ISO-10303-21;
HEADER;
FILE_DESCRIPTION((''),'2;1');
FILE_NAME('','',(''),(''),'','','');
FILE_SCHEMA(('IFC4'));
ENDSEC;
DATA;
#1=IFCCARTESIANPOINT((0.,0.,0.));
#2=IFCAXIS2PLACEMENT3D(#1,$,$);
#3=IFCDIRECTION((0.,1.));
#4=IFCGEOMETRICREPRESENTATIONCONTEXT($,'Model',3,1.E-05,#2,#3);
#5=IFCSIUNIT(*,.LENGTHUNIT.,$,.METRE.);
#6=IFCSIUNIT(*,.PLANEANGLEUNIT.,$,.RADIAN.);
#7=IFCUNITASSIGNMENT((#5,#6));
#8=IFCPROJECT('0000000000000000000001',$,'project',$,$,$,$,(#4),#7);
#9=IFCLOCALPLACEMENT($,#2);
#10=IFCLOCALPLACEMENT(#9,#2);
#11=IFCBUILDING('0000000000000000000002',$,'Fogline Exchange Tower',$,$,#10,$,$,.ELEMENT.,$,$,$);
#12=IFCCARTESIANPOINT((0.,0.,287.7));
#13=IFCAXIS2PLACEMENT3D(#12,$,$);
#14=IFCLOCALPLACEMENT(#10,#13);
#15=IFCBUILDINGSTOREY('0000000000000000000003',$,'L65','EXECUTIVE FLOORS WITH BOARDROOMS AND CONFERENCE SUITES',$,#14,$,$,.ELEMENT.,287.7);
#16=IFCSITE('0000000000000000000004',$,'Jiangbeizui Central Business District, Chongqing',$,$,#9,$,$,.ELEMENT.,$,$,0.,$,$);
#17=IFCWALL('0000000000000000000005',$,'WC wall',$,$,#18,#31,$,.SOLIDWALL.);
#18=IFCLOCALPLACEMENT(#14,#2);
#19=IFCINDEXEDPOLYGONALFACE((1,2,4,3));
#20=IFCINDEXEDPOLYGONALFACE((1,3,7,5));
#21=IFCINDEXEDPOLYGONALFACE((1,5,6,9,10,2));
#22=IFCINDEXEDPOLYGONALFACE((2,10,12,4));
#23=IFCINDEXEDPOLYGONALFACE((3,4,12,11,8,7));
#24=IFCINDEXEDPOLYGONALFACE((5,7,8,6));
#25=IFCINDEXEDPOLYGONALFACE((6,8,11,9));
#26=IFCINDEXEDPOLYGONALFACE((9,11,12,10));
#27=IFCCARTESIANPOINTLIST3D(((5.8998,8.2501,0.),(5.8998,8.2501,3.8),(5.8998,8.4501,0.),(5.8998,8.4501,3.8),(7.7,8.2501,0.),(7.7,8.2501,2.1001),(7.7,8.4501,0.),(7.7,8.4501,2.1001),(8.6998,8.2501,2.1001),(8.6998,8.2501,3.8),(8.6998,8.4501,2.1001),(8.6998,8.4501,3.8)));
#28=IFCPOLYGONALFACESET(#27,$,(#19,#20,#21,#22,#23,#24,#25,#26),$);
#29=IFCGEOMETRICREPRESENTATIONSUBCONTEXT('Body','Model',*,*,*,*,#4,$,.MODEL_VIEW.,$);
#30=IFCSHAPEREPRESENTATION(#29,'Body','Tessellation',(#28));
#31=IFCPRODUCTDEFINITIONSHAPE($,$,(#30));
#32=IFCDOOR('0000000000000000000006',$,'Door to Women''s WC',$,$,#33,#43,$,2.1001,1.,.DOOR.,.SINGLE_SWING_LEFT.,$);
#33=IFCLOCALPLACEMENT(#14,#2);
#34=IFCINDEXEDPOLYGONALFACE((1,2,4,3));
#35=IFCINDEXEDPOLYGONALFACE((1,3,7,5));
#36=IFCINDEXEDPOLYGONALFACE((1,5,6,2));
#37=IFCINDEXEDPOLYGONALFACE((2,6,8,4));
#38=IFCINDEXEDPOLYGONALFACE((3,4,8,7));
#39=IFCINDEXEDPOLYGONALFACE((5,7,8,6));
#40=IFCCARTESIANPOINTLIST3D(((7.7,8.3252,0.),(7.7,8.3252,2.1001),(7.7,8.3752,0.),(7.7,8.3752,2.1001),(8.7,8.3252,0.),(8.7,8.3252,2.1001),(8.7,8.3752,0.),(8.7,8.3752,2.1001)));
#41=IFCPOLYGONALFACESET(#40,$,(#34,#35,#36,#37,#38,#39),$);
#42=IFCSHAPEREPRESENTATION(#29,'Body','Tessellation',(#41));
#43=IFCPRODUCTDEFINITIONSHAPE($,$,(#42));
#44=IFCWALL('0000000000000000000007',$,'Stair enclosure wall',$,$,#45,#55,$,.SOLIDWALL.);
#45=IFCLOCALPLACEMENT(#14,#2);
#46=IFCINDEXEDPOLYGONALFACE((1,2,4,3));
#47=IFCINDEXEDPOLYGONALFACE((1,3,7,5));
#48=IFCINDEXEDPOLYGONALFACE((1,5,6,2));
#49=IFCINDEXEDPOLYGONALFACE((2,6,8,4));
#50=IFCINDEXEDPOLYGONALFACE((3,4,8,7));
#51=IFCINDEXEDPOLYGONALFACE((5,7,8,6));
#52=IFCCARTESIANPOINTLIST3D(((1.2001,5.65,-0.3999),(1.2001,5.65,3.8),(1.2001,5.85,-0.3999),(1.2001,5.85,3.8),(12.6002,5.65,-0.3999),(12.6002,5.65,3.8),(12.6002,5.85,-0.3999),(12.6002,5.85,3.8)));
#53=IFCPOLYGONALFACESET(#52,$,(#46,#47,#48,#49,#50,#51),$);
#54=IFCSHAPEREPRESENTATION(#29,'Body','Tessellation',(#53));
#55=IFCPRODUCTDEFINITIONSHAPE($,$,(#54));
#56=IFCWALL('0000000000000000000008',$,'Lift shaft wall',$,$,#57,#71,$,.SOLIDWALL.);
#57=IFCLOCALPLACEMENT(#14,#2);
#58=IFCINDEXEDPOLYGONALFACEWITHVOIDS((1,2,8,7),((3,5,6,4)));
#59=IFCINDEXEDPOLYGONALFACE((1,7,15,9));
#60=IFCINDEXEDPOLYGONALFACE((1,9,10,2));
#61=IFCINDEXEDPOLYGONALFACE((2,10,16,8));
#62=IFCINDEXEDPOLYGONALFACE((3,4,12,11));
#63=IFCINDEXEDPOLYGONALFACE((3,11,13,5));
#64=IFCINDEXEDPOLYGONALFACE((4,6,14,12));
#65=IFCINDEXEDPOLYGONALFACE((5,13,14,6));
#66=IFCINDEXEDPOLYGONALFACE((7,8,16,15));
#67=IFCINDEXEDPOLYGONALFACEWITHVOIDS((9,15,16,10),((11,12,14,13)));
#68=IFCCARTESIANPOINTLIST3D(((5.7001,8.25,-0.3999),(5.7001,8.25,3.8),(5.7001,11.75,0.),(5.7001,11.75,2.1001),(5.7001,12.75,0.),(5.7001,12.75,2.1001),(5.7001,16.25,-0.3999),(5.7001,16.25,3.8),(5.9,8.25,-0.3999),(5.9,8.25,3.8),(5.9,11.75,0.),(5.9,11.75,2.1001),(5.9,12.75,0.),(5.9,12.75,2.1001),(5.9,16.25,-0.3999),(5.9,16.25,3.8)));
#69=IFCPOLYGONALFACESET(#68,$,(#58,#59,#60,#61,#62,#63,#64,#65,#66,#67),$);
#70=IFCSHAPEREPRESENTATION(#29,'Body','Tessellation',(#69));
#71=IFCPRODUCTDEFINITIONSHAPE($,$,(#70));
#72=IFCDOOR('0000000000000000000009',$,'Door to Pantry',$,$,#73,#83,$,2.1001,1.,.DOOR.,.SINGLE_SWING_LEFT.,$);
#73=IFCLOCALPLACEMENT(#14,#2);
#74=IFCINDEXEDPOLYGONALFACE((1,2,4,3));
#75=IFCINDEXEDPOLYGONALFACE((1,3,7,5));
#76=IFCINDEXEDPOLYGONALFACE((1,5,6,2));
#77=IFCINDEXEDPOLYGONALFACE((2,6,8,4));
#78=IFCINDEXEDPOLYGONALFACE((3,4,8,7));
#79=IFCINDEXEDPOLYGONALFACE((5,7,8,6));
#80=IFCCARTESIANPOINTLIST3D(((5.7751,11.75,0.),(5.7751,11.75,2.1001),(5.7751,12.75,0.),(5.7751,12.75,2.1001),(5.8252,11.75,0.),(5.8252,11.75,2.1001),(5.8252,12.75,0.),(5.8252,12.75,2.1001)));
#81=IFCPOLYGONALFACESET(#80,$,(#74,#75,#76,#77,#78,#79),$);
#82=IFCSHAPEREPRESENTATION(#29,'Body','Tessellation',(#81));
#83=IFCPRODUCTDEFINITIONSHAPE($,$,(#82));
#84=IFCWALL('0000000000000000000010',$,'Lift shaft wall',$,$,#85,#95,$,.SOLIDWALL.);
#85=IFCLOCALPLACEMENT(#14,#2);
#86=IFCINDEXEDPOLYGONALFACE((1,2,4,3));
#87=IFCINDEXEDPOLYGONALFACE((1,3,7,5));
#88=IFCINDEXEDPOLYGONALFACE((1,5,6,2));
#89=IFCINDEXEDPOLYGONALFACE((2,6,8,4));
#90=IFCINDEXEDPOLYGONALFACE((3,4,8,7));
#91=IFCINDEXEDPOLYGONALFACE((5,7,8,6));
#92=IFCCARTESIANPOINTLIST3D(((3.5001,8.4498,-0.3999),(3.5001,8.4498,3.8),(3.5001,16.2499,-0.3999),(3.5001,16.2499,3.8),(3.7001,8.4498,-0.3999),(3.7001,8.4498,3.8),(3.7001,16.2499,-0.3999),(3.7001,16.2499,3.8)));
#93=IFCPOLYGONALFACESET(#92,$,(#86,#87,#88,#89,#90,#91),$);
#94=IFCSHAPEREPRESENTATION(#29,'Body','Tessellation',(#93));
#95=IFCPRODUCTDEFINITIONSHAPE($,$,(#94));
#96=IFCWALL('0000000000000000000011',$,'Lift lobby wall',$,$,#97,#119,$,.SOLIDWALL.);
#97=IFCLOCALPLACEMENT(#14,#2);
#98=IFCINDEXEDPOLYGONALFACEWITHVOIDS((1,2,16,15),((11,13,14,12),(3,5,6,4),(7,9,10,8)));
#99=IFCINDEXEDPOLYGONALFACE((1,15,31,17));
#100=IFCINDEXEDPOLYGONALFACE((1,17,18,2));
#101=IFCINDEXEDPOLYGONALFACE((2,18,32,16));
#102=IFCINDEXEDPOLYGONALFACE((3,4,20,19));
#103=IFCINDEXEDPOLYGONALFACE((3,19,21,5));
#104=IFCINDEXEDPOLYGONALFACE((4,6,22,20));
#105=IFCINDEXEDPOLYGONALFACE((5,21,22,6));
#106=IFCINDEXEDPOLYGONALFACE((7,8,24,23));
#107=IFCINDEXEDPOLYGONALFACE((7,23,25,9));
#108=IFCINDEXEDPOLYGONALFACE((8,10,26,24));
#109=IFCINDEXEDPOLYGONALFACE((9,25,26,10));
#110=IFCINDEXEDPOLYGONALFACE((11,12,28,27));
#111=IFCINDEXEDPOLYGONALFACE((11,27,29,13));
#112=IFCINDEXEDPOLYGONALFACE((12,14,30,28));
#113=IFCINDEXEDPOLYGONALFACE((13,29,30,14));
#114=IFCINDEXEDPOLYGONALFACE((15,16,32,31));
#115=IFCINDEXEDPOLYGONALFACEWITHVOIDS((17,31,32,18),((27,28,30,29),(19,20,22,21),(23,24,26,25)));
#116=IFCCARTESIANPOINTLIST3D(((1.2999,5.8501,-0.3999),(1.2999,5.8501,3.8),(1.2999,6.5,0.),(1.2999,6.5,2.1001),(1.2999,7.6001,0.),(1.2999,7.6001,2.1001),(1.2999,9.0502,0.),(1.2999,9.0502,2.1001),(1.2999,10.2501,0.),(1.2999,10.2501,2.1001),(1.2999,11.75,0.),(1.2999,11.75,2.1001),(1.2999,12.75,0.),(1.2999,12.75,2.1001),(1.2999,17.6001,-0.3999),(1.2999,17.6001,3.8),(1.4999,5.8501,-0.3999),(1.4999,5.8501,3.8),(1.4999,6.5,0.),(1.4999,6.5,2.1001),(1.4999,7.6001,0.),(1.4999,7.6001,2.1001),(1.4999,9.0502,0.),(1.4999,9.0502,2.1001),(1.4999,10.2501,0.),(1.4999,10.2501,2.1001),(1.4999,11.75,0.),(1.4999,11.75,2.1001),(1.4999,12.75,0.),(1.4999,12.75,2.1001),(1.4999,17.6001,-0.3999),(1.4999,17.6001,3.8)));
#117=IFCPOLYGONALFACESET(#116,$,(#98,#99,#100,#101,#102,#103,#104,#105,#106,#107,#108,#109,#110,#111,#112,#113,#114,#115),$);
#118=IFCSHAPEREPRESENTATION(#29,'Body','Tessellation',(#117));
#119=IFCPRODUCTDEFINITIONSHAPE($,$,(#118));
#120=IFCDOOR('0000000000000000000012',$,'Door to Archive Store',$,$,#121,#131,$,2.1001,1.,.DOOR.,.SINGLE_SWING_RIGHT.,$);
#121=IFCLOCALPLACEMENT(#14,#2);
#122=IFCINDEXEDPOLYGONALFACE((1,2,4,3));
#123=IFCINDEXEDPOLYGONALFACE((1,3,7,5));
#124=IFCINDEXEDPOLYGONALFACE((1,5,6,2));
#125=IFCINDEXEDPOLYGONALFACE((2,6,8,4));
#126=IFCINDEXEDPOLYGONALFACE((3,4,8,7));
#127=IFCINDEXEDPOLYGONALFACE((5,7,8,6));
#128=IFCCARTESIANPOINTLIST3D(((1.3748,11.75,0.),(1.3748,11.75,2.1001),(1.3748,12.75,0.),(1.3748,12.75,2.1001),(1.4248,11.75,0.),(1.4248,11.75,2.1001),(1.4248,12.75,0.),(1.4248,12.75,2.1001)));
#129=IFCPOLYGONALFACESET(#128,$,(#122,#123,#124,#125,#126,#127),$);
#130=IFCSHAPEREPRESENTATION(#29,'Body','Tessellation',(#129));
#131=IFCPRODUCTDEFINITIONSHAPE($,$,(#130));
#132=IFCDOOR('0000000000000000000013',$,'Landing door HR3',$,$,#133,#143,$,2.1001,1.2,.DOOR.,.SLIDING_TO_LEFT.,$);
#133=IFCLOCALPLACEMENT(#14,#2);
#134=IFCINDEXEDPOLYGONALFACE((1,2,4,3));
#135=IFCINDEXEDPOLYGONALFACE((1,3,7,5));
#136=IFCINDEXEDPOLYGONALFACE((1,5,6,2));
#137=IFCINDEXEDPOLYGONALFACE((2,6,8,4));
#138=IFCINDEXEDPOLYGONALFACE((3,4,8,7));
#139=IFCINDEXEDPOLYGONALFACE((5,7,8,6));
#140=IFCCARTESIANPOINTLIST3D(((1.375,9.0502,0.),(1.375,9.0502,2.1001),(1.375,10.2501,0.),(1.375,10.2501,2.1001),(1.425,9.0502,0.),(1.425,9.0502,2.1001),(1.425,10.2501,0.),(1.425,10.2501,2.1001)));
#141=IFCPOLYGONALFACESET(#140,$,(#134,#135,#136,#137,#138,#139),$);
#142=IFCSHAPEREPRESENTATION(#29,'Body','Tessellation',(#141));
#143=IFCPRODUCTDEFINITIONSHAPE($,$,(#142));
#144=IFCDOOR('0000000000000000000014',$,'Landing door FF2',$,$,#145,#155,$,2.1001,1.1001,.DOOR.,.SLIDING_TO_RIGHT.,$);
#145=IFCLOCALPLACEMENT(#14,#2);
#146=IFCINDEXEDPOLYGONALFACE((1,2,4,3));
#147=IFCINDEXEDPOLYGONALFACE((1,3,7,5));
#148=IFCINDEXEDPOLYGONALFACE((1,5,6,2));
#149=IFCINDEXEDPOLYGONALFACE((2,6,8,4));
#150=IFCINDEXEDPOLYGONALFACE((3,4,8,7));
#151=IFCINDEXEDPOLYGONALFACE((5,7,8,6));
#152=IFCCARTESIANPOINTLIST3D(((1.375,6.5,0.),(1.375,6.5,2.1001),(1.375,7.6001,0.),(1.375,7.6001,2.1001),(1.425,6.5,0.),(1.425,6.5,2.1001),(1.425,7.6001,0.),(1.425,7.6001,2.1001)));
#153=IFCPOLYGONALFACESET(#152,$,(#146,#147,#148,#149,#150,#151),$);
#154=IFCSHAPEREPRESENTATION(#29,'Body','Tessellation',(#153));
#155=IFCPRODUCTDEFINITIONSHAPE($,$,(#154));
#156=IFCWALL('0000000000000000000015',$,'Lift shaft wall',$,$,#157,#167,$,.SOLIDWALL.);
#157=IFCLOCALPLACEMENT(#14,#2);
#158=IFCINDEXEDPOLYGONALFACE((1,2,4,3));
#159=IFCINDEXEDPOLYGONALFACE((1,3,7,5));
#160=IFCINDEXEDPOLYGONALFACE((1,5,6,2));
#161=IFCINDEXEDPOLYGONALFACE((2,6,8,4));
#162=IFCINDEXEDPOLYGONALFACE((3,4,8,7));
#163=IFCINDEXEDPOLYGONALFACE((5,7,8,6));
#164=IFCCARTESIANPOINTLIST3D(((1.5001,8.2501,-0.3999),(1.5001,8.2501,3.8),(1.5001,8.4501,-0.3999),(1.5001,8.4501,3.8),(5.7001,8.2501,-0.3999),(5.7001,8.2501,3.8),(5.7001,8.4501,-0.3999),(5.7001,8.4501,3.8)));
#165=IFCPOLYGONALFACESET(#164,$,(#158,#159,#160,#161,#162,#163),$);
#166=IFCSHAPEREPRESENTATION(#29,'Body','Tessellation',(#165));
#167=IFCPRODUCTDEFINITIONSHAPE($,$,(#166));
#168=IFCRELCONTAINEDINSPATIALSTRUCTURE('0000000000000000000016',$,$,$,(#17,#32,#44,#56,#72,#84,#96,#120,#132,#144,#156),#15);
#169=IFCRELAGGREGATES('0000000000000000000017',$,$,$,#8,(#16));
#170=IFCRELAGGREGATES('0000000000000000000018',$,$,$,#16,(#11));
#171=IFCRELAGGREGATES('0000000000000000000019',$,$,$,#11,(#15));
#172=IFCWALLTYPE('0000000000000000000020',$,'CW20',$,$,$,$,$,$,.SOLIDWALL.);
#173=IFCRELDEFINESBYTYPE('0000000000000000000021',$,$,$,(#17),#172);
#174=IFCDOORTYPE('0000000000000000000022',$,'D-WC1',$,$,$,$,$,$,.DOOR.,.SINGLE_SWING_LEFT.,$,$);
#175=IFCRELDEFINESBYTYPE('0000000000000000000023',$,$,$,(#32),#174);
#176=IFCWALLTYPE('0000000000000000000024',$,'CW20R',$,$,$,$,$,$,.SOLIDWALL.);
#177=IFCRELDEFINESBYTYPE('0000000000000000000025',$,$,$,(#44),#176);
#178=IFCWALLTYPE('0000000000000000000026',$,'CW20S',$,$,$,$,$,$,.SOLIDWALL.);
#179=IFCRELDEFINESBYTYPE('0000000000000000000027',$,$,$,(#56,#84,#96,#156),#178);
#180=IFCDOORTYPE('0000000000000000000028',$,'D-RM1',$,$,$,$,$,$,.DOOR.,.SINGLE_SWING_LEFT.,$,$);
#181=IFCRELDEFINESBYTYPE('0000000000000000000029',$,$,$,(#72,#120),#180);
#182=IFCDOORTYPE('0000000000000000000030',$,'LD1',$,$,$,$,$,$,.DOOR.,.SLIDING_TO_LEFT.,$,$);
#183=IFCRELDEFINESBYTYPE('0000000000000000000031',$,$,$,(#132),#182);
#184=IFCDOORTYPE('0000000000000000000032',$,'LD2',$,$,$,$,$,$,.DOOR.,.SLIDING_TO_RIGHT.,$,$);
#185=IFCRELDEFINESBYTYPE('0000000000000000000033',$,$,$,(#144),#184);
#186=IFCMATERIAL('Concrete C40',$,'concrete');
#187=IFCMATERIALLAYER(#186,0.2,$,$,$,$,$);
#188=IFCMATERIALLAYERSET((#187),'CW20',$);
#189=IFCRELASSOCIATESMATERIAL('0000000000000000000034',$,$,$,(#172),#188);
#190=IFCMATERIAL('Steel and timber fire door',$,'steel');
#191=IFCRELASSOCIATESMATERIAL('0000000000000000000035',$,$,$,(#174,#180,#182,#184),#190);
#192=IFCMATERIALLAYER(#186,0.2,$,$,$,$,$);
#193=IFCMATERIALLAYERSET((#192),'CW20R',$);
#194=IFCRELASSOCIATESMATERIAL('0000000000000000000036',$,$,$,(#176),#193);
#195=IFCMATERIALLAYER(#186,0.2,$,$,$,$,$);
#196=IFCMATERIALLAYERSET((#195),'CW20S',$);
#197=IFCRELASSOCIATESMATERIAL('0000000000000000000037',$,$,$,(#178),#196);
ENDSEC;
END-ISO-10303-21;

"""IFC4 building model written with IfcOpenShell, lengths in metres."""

from ifc_helpers import new_model, si_unit, direction, frame, frame_2d, origin, place, context, subcontext, project, spatial, rectangle, extrude, material, layer, layer_set, type_object, element, fill, save


model = new_model("IFC4")

# Units and contexts
model_context = context("Model", 3, precision=1e-05, world=origin(), true_north=direction((0.0, 1.0)))
body_context = subcontext(model_context, "Body", "Model", "MODEL_VIEW")
ifc_project = project(units=[si_unit("LENGTHUNIT", "METRE"), si_unit("PLANEANGLEUNIT", "RADIAN")], contexts=[model_context])

# Site, building, storey
site_placement = place(None, origin())
site = spatial("IfcSite", under=ifc_project, at=site_placement, Name="Jiangbeizui Central Business District, Chongqing", CompositionType="ELEMENT", RefElevation=0.0)
building_placement = place(site_placement, origin())
building = spatial("IfcBuilding", under=site, at=building_placement, Name="Fogline Exchange Tower", CompositionType="ELEMENT")
storey_placement = place(building_placement, frame((0.0, 0.0, 287.7)))
storey = spatial("IfcBuildingStorey", under=building, at=storey_placement, Name="L65", Description="EXECUTIVE FLOORS WITH BOARDROOMS AND CONFERENCE SUITES", CompositionType="ELEMENT", Elevation=287.7)

# Shared definitions
ifc_material_1 = material(Name="Concrete C40", Category="concrete")

# Wall, opening, door
ifc_layer_1 = layer(ifc_material_1, 0.2)
ifc_layer_set_1 = layer_set([ifc_layer_1], Name="CW20")
wall_type_1 = type_object("IfcWallType", Name="CW20", PredefinedType="SOLIDWALL", material=ifc_layer_set_1)
wall_1_placement = place(storey_placement, frame((5.8999, 8.3501, 0.0), z_axis=(0.0, 0.0, 1.0), x_axis=(1.0, 0.0, 0.0)))
wall_1 = element("IfcWall", 1, at=wall_1_placement, inside=storey, type_object=wall_type_1, Name="WC wall", PredefinedType="SOLIDWALL", context=body_context, shape_type="SweptSolid", body=[
    extrude(rectangle(XDim=2.8, YDim=0.2, at=frame_2d((1.3999, 0.0))), origin(), (0.0, 0.0, 1.0), 3.8),
])
opening_1_placement = place(wall_1_placement, frame((1.8, 0.0, 0.0)))
opening_1 = element("IfcOpeningElement", 2, at=opening_1_placement, cuts=wall_1, PredefinedType="OPENING", context=body_context, shape_type="SweptSolid", body=[
    extrude(rectangle(XDim=1.0, YDim=2.1001, at=frame_2d((0.5, 1.05))), frame((0.0, 0.1099, 0.0), z_axis=(0.0, -1.0, 0.0), x_axis=(1.0, 0.0, 0.0)), (0.0, 0.0, 1.0), 0.22),
])
ifc_material_2 = material(Name="Steel and timber fire door", Category="steel")
door_type_1 = type_object("IfcDoorType", Name="D-WC1", OperationType="SINGLE_SWING_LEFT", PredefinedType="DOOR", material=ifc_material_2)
door_1_placement = place(opening_1_placement, frame((1.0, 0.0, 0.0), z_axis=(0.0, 0.0, 1.0), x_axis=(-1.0, 0.0, 0.0)))
door_1 = element("IfcDoor", 3, at=door_1_placement, inside=storey, type_object=door_type_1, Name="Door to Women's WC", OperationType="SINGLE_SWING_LEFT", OverallHeight=2.1001, OverallWidth=1.0, PredefinedType="DOOR", context=body_context, shape_type="SweptSolid", body=[
    extrude(rectangle(XDim=1.0, YDim=2.1001, at=frame_2d((0.5, 1.05))), frame((0.0, 0.0249, 0.0), z_axis=(0.0, -1.0, 0.0), x_axis=(1.0, 0.0, 0.0)), (0.0, 0.0, 1.0), 0.05),
])
fill(opening_1, door_1)

# Wall
ifc_layer_2 = layer(ifc_material_1, 0.2)
ifc_layer_set_2 = layer_set([ifc_layer_2], Name="CW20R")
wall_type_2 = type_object("IfcWallType", Name="CW20R", PredefinedType="SOLIDWALL", material=ifc_layer_set_2)
wall_2_placement = place(storey_placement, frame((1.2, 5.75, -0.3999), z_axis=(0.0, 0.0, 1.0), x_axis=(1.0, 0.0, 0.0)))
element("IfcWall", 4, at=wall_2_placement, inside=storey, type_object=wall_type_2, Name="Stair enclosure wall", PredefinedType="SOLIDWALL", context=body_context, shape_type="SweptSolid", body=[
    extrude(rectangle(XDim=11.4001, YDim=0.2, at=frame_2d((5.7002, 0.0))), origin(), (0.0, 0.0, 1.0), 4.2),
])

# Wall, opening, door
ifc_layer_3 = layer(ifc_material_1, 0.2)
ifc_layer_set_3 = layer_set([ifc_layer_3], Name="CW20S")
wall_type_3 = type_object("IfcWallType", Name="CW20S", PredefinedType="SOLIDWALL", material=ifc_layer_set_3)
wall_3_placement = place(storey_placement, frame((5.8, 8.25, -0.3999), z_axis=(0.0, 0.0, 1.0), x_axis=(0.0, 1.0, 0.0)))
wall_3 = element("IfcWall", 5, at=wall_3_placement, inside=storey, type_object=wall_type_3, Name="Lift shaft wall", PredefinedType="SOLIDWALL", context=body_context, shape_type="SweptSolid", body=[
    extrude(rectangle(XDim=8.0, YDim=0.2, at=frame_2d((4.0, 0.0))), origin(), (0.0, 0.0, 1.0), 4.2),
])
opening_2_placement = place(wall_3_placement, frame((3.5, 0.0, 0.3999)))
opening_2 = element("IfcOpeningElement", 6, at=opening_2_placement, cuts=wall_3, PredefinedType="OPENING", context=body_context, shape_type="SweptSolid", body=[
    extrude(rectangle(XDim=1.0, YDim=2.1001, at=frame_2d((0.5, 1.05))), frame((0.0, 0.1099, 0.0), z_axis=(0.0, -1.0, 0.0), x_axis=(1.0, 0.0, 0.0)), (0.0, 0.0, 1.0), 0.22),
])
door_type_2 = type_object("IfcDoorType", Name="D-RM1", OperationType="SINGLE_SWING_LEFT", PredefinedType="DOOR", material=ifc_material_2)
door_2_placement = place(opening_2_placement, origin())
door_2 = element("IfcDoor", 7, at=door_2_placement, inside=storey, type_object=door_type_2, Name="Door to Pantry", OperationType="SINGLE_SWING_LEFT", OverallHeight=2.1001, OverallWidth=1.0, PredefinedType="DOOR", context=body_context, shape_type="SweptSolid", body=[
    extrude(rectangle(XDim=1.0, YDim=2.1001, at=frame_2d((0.5, 1.05))), frame((0.0, 0.0249, 0.0), z_axis=(0.0, -1.0, 0.0), x_axis=(1.0, 0.0, 0.0)), (0.0, 0.0, 1.0), 0.05),
])
fill(opening_2, door_2)

# Wall
wall_4_placement = place(storey_placement, frame((3.6001, 8.45, -0.3999), z_axis=(0.0, 0.0, 1.0), x_axis=(0.0, 1.0, 0.0)))
element("IfcWall", 8, at=wall_4_placement, inside=storey, type_object=wall_type_3, Name="Lift shaft wall", PredefinedType="SOLIDWALL", context=body_context, shape_type="SweptSolid", body=[
    extrude(rectangle(XDim=7.8, YDim=0.2, at=frame_2d((3.8999, 0.0))), origin(), (0.0, 0.0, 1.0), 4.2),
])

# Wall, openings, doors
wall_5_placement = place(storey_placement, frame((1.3999, 5.8501, -0.3999), z_axis=(0.0, 0.0, 1.0), x_axis=(0.0, 1.0, 0.0)))
wall_5 = element("IfcWall", 9, at=wall_5_placement, inside=storey, type_object=wall_type_3, Name="Lift lobby wall", PredefinedType="SOLIDWALL", context=body_context, shape_type="SweptSolid", body=[
    extrude(rectangle(XDim=11.75, YDim=0.2, at=frame_2d((5.875, 0.0))), origin(), (0.0, 0.0, 1.0), 4.2),
])
opening_3_placement = place(wall_5_placement, frame((3.2, 0.0, 0.3999)))
opening_3 = element("IfcOpeningElement", 10, at=opening_3_placement, cuts=wall_5, PredefinedType="OPENING", context=body_context, shape_type="SweptSolid", body=[
    extrude(rectangle(XDim=1.2, YDim=2.1001, at=frame_2d((0.6001, 1.05))), frame((0.0, 0.1099, 0.0), z_axis=(0.0, -1.0, 0.0), x_axis=(1.0, 0.0, 0.0)), (0.0, 0.0, 1.0), 0.22),
])
opening_4_placement = place(wall_5_placement, frame((0.6499, 0.0, 0.3999)))
opening_4 = element("IfcOpeningElement", 11, at=opening_4_placement, cuts=wall_5, PredefinedType="OPENING", context=body_context, shape_type="SweptSolid", body=[
    extrude(rectangle(XDim=1.1001, YDim=2.1001, at=frame_2d((0.55, 1.05))), frame((0.0, 0.1099, 0.0), z_axis=(0.0, -1.0, 0.0), x_axis=(1.0, 0.0, 0.0)), (0.0, 0.0, 1.0), 0.22),
])
opening_5_placement = place(wall_5_placement, frame((5.8999, 0.0, 0.3999)))
opening_5 = element("IfcOpeningElement", 12, at=opening_5_placement, cuts=wall_5, PredefinedType="OPENING", context=body_context, shape_type="SweptSolid", body=[
    extrude(rectangle(XDim=1.0, YDim=2.1001, at=frame_2d((0.5, 1.05))), frame((0.0, 0.1099, 0.0), z_axis=(0.0, -1.0, 0.0), x_axis=(1.0, 0.0, 0.0)), (0.0, 0.0, 1.0), 0.22),
])
door_3_placement = place(opening_5_placement, frame((1.0, 0.0, 0.0), z_axis=(0.0, 0.0, 1.0), x_axis=(-1.0, 0.0, 0.0)))
door_3 = element("IfcDoor", 13, at=door_3_placement, inside=storey, type_object=door_type_2, Name="Door to Archive Store", OperationType="SINGLE_SWING_RIGHT", OverallHeight=2.1001, OverallWidth=1.0, PredefinedType="DOOR", context=body_context, shape_type="SweptSolid", body=[
    extrude(rectangle(XDim=1.0, YDim=2.1001, at=frame_2d((0.5, 1.05))), frame((0.0, 0.0249, 0.0), z_axis=(0.0, -1.0, 0.0), x_axis=(1.0, 0.0, 0.0)), (0.0, 0.0, 1.0), 0.05),
])
fill(opening_5, door_3)
door_type_3 = type_object("IfcDoorType", Name="LD1", OperationType="SLIDING_TO_LEFT", PredefinedType="DOOR", material=ifc_material_2)
door_4_placement = place(opening_3_placement, origin())
door_4 = element("IfcDoor", 14, at=door_4_placement, inside=storey, type_object=door_type_3, Name="Landing door HR3", OperationType="SLIDING_TO_LEFT", OverallHeight=2.1001, OverallWidth=1.2, PredefinedType="DOOR", context=body_context, shape_type="SweptSolid", body=[
    extrude(rectangle(XDim=1.2, YDim=2.1001, at=frame_2d((0.6001, 1.05))), frame((0.0, 0.0249, 0.0), z_axis=(0.0, -1.0, 0.0), x_axis=(1.0, 0.0, 0.0)), (0.0, 0.0, 1.0), 0.05),
])
fill(opening_3, door_4)
door_type_4 = type_object("IfcDoorType", Name="LD2", OperationType="SLIDING_TO_RIGHT", PredefinedType="DOOR", material=ifc_material_2)
door_5_placement = place(opening_4_placement, origin())
door_5 = element("IfcDoor", 15, at=door_5_placement, inside=storey, type_object=door_type_4, Name="Landing door FF2", OperationType="SLIDING_TO_RIGHT", OverallHeight=2.1001, OverallWidth=1.1001, PredefinedType="DOOR", context=body_context, shape_type="SweptSolid", body=[
    extrude(rectangle(XDim=1.1001, YDim=2.1001, at=frame_2d((0.55, 1.05))), frame((0.0, 0.0249, 0.0), z_axis=(0.0, -1.0, 0.0), x_axis=(1.0, 0.0, 0.0)), (0.0, 0.0, 1.0), 0.05),
])
fill(opening_4, door_5)

# Wall
wall_6_placement = place(storey_placement, frame((1.5, 8.3501, -0.3999), z_axis=(0.0, 0.0, 1.0), x_axis=(1.0, 0.0, 0.0)))
element("IfcWall", 16, at=wall_6_placement, inside=storey, type_object=wall_type_3, Name="Lift shaft wall", PredefinedType="SOLIDWALL", context=body_context, shape_type="SweptSolid", body=[
    extrude(rectangle(XDim=4.2, YDim=0.2, at=frame_2d((2.1001, 0.0))), origin(), (0.0, 0.0, 1.0), 4.2),
])

save(model, "model.ifc")
